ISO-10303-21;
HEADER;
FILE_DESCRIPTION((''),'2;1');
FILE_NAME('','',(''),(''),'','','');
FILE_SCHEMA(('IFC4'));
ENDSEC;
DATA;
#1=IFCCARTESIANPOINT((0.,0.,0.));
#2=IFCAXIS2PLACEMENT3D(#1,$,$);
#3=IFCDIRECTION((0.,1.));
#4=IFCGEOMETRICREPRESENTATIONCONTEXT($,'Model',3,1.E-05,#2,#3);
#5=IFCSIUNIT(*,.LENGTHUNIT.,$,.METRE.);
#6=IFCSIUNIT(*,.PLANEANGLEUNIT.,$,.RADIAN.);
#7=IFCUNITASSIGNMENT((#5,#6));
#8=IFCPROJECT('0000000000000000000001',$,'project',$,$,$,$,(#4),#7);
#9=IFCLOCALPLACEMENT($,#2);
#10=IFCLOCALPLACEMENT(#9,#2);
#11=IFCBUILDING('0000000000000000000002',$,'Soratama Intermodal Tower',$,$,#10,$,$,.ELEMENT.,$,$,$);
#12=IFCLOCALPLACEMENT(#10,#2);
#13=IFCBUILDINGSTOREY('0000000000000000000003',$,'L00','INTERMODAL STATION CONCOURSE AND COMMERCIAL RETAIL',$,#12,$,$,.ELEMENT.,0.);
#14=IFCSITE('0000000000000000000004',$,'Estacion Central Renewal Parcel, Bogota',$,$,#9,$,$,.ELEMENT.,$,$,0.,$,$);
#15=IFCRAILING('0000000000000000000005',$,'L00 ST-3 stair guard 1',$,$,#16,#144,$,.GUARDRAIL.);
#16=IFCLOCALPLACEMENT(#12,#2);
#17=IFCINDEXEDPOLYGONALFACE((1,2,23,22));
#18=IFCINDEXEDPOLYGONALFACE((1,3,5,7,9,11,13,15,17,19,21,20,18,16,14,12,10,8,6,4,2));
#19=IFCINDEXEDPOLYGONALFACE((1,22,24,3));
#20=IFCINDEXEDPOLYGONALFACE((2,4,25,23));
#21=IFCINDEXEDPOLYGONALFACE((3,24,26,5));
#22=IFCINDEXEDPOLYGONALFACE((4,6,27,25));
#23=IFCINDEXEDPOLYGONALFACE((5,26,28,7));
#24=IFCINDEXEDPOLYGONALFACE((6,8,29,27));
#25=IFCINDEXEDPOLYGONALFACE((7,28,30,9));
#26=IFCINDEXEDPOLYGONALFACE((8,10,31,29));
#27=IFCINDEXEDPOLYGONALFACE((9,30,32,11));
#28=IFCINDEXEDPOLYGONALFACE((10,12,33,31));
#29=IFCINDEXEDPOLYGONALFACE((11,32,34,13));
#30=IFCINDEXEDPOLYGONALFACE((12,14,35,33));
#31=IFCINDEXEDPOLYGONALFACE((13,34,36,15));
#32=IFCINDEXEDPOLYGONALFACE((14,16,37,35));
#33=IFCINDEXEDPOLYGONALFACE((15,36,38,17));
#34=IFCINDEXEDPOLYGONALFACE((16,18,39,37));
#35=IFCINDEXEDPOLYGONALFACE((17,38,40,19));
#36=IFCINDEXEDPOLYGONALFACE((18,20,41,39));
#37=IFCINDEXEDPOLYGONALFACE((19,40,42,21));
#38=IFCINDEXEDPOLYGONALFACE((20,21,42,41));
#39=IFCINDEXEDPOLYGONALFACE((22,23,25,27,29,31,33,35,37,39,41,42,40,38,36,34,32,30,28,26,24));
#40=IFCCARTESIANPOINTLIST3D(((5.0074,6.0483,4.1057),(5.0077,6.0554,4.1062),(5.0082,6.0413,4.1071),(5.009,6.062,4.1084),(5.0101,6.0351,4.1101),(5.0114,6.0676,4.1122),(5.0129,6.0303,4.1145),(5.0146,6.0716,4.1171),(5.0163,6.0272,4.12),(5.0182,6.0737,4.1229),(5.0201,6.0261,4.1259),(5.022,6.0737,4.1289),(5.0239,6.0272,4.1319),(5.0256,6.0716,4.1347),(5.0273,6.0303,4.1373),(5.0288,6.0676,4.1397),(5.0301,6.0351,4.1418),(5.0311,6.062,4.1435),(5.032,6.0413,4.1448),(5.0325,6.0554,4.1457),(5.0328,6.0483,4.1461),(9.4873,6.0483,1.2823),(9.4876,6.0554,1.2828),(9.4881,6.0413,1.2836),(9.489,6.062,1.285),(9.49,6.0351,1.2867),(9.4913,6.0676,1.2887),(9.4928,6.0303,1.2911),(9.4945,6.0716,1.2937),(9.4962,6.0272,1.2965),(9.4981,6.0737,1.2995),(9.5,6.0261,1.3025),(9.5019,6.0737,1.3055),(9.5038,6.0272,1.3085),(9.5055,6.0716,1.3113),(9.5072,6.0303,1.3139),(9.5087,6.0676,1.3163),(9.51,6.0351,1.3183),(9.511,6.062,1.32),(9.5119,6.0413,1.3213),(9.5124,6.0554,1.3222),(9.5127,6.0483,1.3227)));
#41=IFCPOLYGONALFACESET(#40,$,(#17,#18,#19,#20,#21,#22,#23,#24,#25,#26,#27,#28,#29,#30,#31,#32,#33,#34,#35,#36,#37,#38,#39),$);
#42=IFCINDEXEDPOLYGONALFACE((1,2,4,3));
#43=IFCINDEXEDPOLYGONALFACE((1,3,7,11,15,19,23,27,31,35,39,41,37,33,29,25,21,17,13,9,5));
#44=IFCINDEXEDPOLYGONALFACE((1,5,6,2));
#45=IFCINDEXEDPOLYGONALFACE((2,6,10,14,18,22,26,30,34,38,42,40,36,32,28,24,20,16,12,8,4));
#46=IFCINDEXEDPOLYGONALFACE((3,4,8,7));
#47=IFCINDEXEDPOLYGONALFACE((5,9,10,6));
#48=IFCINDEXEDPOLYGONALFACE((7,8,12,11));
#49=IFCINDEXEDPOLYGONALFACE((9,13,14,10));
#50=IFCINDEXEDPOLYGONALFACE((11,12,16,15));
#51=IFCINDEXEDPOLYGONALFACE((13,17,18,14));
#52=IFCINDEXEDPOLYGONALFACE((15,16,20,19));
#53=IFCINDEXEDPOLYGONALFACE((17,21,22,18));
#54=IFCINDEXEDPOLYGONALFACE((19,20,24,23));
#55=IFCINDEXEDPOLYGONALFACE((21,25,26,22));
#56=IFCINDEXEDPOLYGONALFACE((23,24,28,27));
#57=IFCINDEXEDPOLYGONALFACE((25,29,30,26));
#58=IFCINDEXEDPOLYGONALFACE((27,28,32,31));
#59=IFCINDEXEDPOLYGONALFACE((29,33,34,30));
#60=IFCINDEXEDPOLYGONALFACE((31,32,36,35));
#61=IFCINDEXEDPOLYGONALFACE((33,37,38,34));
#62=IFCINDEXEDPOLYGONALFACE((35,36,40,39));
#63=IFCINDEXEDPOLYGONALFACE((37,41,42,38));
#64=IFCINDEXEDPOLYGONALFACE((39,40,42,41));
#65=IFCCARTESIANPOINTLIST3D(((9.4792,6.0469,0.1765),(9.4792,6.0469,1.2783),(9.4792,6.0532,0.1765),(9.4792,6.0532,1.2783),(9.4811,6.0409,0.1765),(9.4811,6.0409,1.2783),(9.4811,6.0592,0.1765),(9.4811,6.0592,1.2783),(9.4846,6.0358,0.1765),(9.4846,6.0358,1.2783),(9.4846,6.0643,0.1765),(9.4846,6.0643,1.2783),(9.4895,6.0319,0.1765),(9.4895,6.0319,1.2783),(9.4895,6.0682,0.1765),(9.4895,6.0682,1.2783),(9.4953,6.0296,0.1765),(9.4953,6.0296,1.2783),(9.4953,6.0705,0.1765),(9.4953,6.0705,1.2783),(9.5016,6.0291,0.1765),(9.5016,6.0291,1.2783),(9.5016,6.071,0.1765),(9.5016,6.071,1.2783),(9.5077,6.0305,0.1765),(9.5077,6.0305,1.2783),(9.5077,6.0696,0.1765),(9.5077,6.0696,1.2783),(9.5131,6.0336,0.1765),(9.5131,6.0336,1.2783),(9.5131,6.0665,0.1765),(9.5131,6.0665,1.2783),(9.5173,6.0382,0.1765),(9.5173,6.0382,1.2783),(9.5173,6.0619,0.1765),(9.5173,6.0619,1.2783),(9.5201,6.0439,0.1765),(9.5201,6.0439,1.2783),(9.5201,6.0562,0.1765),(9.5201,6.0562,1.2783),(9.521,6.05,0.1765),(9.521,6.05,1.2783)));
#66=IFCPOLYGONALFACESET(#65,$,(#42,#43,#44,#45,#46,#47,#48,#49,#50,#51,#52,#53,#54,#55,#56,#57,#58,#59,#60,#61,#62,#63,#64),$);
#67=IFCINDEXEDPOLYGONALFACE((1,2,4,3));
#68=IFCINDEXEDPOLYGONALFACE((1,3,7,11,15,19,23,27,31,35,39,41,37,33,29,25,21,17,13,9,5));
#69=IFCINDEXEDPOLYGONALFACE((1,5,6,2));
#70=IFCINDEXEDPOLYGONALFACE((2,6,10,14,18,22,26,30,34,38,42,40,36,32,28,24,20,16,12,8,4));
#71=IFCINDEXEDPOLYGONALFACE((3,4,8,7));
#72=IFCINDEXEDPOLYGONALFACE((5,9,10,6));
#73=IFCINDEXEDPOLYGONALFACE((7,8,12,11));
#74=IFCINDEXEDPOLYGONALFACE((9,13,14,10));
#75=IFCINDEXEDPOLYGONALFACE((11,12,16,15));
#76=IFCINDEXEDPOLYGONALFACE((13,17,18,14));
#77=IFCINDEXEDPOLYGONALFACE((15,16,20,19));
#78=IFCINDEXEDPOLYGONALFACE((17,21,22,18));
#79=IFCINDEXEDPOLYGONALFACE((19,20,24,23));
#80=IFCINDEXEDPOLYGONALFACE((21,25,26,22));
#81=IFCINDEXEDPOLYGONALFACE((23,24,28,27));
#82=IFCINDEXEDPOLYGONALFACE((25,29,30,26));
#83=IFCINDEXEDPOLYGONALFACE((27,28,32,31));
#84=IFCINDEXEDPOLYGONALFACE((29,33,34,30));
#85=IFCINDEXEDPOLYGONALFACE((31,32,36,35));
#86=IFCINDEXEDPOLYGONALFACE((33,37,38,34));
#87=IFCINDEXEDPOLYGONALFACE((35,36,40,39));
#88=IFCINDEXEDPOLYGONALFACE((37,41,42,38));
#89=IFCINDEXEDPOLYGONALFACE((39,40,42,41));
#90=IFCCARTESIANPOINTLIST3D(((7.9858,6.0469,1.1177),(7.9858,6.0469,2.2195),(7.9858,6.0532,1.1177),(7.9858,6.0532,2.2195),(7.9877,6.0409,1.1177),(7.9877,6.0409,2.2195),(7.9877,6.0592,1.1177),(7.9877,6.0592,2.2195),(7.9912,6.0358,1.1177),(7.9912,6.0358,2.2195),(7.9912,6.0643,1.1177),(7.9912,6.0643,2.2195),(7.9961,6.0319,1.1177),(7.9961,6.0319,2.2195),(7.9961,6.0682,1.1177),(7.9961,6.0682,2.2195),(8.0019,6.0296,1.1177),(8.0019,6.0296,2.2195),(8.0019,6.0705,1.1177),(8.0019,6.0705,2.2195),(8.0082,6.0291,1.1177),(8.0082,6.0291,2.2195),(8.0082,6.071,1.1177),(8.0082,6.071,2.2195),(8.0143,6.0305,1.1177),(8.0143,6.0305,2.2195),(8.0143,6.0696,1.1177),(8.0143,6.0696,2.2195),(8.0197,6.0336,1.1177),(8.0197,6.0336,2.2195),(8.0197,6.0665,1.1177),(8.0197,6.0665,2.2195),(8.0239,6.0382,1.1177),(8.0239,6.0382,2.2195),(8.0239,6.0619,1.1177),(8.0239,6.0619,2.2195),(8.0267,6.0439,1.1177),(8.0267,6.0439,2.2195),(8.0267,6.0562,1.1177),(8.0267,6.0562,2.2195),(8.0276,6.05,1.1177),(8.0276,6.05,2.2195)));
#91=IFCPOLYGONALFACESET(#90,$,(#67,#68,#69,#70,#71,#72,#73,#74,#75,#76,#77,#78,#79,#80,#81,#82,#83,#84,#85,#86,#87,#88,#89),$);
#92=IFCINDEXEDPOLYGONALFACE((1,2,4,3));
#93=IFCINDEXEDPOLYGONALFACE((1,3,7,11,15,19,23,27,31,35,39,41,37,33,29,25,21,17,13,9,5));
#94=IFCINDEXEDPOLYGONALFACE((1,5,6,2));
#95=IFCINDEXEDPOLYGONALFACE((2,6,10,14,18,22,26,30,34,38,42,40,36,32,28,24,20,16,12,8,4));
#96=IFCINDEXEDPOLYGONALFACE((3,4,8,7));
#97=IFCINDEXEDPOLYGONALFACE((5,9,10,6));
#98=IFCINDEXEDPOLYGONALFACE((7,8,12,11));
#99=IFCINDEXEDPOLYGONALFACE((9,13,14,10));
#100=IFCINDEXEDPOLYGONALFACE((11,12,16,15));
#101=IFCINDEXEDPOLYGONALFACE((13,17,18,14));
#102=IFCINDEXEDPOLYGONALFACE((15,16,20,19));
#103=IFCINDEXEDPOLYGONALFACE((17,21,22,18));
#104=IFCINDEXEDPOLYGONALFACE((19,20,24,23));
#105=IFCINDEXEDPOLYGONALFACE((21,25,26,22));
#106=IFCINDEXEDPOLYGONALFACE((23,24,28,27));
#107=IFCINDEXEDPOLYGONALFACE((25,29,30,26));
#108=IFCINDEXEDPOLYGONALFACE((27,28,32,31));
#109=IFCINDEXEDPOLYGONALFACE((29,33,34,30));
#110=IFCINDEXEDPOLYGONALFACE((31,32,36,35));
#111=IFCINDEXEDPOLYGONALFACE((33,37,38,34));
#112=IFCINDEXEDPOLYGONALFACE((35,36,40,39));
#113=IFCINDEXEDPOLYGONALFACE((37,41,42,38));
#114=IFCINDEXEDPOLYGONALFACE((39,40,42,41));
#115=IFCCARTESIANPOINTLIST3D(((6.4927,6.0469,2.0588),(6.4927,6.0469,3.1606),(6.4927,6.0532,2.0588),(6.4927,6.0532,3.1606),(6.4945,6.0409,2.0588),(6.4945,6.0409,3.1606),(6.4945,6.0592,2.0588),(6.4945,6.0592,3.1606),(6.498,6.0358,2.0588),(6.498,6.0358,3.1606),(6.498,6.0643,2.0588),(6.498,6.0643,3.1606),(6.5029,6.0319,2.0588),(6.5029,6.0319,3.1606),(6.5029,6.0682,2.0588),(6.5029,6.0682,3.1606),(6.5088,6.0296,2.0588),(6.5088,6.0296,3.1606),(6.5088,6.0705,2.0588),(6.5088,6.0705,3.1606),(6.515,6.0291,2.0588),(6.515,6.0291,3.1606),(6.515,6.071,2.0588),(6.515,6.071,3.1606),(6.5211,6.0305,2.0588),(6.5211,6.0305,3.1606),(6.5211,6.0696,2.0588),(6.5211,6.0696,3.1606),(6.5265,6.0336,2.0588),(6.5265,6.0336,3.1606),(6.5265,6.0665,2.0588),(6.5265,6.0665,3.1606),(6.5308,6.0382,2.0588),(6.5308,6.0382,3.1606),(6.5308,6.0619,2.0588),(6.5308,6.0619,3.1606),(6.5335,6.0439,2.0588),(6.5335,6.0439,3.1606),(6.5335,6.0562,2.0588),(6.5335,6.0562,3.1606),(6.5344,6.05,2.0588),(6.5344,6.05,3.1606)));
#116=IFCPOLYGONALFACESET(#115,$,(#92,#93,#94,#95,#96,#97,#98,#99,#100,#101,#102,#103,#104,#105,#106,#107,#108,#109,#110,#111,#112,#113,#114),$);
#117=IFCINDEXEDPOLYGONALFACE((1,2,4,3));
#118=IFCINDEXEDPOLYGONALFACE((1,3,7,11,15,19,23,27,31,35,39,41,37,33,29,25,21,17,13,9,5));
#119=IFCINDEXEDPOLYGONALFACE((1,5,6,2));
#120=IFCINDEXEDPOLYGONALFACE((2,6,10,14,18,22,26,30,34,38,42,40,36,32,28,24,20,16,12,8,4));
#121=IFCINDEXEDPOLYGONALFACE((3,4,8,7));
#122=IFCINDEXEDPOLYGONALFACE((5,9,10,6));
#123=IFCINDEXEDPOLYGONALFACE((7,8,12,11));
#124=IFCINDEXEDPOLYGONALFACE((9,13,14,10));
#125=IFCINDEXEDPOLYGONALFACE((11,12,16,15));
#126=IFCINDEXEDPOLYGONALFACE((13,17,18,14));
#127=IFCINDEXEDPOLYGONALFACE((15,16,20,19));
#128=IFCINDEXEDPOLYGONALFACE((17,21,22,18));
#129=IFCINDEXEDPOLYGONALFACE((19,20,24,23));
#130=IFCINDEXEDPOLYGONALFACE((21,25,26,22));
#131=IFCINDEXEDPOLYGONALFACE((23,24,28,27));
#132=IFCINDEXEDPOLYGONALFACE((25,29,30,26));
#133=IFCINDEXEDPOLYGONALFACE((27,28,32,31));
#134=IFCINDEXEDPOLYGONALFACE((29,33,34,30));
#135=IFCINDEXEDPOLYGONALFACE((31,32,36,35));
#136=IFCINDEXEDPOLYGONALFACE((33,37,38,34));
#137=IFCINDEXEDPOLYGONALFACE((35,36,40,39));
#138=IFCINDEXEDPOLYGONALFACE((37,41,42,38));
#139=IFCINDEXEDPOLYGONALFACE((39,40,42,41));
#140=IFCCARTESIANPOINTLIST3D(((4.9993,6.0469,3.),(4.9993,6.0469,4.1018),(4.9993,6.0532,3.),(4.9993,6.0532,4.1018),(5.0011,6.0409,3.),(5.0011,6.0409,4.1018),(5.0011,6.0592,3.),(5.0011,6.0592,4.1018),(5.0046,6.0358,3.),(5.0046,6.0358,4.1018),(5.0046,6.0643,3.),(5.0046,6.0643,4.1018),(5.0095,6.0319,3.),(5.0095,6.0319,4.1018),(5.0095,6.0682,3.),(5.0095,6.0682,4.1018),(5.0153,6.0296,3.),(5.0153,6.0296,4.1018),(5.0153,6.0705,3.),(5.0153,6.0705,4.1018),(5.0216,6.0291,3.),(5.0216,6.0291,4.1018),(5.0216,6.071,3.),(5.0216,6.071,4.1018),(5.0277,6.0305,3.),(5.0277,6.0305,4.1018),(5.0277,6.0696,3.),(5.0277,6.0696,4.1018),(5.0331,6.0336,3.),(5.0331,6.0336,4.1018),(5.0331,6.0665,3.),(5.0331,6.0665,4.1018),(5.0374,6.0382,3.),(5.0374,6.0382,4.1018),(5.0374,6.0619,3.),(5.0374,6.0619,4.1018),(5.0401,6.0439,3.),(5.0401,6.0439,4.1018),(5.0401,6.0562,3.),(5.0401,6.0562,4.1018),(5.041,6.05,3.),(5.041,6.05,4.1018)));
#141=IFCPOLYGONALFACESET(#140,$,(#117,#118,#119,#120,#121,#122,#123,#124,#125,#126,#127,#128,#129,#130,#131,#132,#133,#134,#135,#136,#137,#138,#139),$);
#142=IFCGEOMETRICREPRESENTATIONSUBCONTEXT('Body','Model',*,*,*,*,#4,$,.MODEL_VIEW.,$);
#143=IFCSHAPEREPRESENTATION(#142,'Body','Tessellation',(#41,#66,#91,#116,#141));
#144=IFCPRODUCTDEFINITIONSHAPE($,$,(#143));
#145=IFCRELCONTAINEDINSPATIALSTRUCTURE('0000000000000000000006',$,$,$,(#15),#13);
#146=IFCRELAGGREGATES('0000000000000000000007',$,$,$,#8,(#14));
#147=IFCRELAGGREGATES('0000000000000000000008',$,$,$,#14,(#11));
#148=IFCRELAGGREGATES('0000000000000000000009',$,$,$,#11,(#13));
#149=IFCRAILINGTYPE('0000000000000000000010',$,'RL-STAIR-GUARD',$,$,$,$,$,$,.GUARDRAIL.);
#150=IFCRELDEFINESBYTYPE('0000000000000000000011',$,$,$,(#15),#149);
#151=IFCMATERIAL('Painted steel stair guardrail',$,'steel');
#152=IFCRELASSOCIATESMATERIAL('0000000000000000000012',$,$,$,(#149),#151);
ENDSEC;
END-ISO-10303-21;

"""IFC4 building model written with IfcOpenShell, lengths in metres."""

from ifc_helpers import new_model, si_unit, direction, frame, origin, origin_2d, place, context, subcontext, project, spatial, circle, extrude, material, type_object, element, save


model = new_model("IFC4")

# Units and contexts
model_context = context("Model", 3, precision=1e-05, world=origin(), true_north=direction((0.0, 1.0)))
body_context = subcontext(model_context, "Body", "Model", "MODEL_VIEW")
ifc_project = project(units=[si_unit("LENGTHUNIT", "METRE"), si_unit("PLANEANGLEUNIT", "RADIAN")], contexts=[model_context])

# Site, building, storey
site_placement = place(None, origin())
site = spatial("IfcSite", under=ifc_project, at=site_placement, Name="Estacion Central Renewal Parcel, Bogota", CompositionType="ELEMENT", RefElevation=0.0)
building_placement = place(site_placement, origin())
building = spatial("IfcBuilding", under=site, at=building_placement, Name="Soratama Intermodal Tower", CompositionType="ELEMENT")
storey_placement = place(building_placement, origin())
storey = spatial("IfcBuildingStorey", under=building, at=storey_placement, Name="L00", Description="INTERMODAL STATION CONCOURSE AND COMMERCIAL RETAIL", CompositionType="ELEMENT", Elevation=0.0)

# Railing
ifc_material_1 = material(Name="Painted steel stair guardrail", Category="steel")
railing_type_1 = type_object("IfcRailingType", Name="RL-STAIR-GUARD", PredefinedType="GUARDRAIL", material=ifc_material_1)
railing_1_placement = place(storey_placement, frame((9.5, 6.05, 0.1765)))
element("IfcRailing", 1, at=railing_1_placement, inside=storey, type_object=railing_type_1, Name="L00 ST-3 stair guard 1", PredefinedType="GUARDRAIL", context=body_context, shape_type="SweptSolid", body=[
    extrude(circle(Radius=0.0239, at=origin_2d()), frame((0.0, 0.0, 1.126), z_axis=(-0.845998, 0.0, 0.533186), x_axis=(0.0, -1.0, 0.0)), (0.0, 0.0, 1.0), 5.2954),
    extrude(circle(Radius=0.021, at=origin_2d()), origin(), (0.0, 0.0, 1.0), 1.1018),
    extrude(circle(Radius=0.021, at=origin_2d()), frame((-1.4934, 0.0, 0.9412)), (0.0, 0.0, 1.0), 1.1018),
    extrude(circle(Radius=0.021, at=origin_2d()), frame((-2.9866, 0.0, 1.8823)), (0.0, 0.0, 1.0), 1.1018),
    extrude(circle(Radius=0.021, at=origin_2d()), frame((-4.48, 0.0, 2.8235)), (0.0, 0.0, 1.0), 1.1018),
])

save(model, "model.ifc")
